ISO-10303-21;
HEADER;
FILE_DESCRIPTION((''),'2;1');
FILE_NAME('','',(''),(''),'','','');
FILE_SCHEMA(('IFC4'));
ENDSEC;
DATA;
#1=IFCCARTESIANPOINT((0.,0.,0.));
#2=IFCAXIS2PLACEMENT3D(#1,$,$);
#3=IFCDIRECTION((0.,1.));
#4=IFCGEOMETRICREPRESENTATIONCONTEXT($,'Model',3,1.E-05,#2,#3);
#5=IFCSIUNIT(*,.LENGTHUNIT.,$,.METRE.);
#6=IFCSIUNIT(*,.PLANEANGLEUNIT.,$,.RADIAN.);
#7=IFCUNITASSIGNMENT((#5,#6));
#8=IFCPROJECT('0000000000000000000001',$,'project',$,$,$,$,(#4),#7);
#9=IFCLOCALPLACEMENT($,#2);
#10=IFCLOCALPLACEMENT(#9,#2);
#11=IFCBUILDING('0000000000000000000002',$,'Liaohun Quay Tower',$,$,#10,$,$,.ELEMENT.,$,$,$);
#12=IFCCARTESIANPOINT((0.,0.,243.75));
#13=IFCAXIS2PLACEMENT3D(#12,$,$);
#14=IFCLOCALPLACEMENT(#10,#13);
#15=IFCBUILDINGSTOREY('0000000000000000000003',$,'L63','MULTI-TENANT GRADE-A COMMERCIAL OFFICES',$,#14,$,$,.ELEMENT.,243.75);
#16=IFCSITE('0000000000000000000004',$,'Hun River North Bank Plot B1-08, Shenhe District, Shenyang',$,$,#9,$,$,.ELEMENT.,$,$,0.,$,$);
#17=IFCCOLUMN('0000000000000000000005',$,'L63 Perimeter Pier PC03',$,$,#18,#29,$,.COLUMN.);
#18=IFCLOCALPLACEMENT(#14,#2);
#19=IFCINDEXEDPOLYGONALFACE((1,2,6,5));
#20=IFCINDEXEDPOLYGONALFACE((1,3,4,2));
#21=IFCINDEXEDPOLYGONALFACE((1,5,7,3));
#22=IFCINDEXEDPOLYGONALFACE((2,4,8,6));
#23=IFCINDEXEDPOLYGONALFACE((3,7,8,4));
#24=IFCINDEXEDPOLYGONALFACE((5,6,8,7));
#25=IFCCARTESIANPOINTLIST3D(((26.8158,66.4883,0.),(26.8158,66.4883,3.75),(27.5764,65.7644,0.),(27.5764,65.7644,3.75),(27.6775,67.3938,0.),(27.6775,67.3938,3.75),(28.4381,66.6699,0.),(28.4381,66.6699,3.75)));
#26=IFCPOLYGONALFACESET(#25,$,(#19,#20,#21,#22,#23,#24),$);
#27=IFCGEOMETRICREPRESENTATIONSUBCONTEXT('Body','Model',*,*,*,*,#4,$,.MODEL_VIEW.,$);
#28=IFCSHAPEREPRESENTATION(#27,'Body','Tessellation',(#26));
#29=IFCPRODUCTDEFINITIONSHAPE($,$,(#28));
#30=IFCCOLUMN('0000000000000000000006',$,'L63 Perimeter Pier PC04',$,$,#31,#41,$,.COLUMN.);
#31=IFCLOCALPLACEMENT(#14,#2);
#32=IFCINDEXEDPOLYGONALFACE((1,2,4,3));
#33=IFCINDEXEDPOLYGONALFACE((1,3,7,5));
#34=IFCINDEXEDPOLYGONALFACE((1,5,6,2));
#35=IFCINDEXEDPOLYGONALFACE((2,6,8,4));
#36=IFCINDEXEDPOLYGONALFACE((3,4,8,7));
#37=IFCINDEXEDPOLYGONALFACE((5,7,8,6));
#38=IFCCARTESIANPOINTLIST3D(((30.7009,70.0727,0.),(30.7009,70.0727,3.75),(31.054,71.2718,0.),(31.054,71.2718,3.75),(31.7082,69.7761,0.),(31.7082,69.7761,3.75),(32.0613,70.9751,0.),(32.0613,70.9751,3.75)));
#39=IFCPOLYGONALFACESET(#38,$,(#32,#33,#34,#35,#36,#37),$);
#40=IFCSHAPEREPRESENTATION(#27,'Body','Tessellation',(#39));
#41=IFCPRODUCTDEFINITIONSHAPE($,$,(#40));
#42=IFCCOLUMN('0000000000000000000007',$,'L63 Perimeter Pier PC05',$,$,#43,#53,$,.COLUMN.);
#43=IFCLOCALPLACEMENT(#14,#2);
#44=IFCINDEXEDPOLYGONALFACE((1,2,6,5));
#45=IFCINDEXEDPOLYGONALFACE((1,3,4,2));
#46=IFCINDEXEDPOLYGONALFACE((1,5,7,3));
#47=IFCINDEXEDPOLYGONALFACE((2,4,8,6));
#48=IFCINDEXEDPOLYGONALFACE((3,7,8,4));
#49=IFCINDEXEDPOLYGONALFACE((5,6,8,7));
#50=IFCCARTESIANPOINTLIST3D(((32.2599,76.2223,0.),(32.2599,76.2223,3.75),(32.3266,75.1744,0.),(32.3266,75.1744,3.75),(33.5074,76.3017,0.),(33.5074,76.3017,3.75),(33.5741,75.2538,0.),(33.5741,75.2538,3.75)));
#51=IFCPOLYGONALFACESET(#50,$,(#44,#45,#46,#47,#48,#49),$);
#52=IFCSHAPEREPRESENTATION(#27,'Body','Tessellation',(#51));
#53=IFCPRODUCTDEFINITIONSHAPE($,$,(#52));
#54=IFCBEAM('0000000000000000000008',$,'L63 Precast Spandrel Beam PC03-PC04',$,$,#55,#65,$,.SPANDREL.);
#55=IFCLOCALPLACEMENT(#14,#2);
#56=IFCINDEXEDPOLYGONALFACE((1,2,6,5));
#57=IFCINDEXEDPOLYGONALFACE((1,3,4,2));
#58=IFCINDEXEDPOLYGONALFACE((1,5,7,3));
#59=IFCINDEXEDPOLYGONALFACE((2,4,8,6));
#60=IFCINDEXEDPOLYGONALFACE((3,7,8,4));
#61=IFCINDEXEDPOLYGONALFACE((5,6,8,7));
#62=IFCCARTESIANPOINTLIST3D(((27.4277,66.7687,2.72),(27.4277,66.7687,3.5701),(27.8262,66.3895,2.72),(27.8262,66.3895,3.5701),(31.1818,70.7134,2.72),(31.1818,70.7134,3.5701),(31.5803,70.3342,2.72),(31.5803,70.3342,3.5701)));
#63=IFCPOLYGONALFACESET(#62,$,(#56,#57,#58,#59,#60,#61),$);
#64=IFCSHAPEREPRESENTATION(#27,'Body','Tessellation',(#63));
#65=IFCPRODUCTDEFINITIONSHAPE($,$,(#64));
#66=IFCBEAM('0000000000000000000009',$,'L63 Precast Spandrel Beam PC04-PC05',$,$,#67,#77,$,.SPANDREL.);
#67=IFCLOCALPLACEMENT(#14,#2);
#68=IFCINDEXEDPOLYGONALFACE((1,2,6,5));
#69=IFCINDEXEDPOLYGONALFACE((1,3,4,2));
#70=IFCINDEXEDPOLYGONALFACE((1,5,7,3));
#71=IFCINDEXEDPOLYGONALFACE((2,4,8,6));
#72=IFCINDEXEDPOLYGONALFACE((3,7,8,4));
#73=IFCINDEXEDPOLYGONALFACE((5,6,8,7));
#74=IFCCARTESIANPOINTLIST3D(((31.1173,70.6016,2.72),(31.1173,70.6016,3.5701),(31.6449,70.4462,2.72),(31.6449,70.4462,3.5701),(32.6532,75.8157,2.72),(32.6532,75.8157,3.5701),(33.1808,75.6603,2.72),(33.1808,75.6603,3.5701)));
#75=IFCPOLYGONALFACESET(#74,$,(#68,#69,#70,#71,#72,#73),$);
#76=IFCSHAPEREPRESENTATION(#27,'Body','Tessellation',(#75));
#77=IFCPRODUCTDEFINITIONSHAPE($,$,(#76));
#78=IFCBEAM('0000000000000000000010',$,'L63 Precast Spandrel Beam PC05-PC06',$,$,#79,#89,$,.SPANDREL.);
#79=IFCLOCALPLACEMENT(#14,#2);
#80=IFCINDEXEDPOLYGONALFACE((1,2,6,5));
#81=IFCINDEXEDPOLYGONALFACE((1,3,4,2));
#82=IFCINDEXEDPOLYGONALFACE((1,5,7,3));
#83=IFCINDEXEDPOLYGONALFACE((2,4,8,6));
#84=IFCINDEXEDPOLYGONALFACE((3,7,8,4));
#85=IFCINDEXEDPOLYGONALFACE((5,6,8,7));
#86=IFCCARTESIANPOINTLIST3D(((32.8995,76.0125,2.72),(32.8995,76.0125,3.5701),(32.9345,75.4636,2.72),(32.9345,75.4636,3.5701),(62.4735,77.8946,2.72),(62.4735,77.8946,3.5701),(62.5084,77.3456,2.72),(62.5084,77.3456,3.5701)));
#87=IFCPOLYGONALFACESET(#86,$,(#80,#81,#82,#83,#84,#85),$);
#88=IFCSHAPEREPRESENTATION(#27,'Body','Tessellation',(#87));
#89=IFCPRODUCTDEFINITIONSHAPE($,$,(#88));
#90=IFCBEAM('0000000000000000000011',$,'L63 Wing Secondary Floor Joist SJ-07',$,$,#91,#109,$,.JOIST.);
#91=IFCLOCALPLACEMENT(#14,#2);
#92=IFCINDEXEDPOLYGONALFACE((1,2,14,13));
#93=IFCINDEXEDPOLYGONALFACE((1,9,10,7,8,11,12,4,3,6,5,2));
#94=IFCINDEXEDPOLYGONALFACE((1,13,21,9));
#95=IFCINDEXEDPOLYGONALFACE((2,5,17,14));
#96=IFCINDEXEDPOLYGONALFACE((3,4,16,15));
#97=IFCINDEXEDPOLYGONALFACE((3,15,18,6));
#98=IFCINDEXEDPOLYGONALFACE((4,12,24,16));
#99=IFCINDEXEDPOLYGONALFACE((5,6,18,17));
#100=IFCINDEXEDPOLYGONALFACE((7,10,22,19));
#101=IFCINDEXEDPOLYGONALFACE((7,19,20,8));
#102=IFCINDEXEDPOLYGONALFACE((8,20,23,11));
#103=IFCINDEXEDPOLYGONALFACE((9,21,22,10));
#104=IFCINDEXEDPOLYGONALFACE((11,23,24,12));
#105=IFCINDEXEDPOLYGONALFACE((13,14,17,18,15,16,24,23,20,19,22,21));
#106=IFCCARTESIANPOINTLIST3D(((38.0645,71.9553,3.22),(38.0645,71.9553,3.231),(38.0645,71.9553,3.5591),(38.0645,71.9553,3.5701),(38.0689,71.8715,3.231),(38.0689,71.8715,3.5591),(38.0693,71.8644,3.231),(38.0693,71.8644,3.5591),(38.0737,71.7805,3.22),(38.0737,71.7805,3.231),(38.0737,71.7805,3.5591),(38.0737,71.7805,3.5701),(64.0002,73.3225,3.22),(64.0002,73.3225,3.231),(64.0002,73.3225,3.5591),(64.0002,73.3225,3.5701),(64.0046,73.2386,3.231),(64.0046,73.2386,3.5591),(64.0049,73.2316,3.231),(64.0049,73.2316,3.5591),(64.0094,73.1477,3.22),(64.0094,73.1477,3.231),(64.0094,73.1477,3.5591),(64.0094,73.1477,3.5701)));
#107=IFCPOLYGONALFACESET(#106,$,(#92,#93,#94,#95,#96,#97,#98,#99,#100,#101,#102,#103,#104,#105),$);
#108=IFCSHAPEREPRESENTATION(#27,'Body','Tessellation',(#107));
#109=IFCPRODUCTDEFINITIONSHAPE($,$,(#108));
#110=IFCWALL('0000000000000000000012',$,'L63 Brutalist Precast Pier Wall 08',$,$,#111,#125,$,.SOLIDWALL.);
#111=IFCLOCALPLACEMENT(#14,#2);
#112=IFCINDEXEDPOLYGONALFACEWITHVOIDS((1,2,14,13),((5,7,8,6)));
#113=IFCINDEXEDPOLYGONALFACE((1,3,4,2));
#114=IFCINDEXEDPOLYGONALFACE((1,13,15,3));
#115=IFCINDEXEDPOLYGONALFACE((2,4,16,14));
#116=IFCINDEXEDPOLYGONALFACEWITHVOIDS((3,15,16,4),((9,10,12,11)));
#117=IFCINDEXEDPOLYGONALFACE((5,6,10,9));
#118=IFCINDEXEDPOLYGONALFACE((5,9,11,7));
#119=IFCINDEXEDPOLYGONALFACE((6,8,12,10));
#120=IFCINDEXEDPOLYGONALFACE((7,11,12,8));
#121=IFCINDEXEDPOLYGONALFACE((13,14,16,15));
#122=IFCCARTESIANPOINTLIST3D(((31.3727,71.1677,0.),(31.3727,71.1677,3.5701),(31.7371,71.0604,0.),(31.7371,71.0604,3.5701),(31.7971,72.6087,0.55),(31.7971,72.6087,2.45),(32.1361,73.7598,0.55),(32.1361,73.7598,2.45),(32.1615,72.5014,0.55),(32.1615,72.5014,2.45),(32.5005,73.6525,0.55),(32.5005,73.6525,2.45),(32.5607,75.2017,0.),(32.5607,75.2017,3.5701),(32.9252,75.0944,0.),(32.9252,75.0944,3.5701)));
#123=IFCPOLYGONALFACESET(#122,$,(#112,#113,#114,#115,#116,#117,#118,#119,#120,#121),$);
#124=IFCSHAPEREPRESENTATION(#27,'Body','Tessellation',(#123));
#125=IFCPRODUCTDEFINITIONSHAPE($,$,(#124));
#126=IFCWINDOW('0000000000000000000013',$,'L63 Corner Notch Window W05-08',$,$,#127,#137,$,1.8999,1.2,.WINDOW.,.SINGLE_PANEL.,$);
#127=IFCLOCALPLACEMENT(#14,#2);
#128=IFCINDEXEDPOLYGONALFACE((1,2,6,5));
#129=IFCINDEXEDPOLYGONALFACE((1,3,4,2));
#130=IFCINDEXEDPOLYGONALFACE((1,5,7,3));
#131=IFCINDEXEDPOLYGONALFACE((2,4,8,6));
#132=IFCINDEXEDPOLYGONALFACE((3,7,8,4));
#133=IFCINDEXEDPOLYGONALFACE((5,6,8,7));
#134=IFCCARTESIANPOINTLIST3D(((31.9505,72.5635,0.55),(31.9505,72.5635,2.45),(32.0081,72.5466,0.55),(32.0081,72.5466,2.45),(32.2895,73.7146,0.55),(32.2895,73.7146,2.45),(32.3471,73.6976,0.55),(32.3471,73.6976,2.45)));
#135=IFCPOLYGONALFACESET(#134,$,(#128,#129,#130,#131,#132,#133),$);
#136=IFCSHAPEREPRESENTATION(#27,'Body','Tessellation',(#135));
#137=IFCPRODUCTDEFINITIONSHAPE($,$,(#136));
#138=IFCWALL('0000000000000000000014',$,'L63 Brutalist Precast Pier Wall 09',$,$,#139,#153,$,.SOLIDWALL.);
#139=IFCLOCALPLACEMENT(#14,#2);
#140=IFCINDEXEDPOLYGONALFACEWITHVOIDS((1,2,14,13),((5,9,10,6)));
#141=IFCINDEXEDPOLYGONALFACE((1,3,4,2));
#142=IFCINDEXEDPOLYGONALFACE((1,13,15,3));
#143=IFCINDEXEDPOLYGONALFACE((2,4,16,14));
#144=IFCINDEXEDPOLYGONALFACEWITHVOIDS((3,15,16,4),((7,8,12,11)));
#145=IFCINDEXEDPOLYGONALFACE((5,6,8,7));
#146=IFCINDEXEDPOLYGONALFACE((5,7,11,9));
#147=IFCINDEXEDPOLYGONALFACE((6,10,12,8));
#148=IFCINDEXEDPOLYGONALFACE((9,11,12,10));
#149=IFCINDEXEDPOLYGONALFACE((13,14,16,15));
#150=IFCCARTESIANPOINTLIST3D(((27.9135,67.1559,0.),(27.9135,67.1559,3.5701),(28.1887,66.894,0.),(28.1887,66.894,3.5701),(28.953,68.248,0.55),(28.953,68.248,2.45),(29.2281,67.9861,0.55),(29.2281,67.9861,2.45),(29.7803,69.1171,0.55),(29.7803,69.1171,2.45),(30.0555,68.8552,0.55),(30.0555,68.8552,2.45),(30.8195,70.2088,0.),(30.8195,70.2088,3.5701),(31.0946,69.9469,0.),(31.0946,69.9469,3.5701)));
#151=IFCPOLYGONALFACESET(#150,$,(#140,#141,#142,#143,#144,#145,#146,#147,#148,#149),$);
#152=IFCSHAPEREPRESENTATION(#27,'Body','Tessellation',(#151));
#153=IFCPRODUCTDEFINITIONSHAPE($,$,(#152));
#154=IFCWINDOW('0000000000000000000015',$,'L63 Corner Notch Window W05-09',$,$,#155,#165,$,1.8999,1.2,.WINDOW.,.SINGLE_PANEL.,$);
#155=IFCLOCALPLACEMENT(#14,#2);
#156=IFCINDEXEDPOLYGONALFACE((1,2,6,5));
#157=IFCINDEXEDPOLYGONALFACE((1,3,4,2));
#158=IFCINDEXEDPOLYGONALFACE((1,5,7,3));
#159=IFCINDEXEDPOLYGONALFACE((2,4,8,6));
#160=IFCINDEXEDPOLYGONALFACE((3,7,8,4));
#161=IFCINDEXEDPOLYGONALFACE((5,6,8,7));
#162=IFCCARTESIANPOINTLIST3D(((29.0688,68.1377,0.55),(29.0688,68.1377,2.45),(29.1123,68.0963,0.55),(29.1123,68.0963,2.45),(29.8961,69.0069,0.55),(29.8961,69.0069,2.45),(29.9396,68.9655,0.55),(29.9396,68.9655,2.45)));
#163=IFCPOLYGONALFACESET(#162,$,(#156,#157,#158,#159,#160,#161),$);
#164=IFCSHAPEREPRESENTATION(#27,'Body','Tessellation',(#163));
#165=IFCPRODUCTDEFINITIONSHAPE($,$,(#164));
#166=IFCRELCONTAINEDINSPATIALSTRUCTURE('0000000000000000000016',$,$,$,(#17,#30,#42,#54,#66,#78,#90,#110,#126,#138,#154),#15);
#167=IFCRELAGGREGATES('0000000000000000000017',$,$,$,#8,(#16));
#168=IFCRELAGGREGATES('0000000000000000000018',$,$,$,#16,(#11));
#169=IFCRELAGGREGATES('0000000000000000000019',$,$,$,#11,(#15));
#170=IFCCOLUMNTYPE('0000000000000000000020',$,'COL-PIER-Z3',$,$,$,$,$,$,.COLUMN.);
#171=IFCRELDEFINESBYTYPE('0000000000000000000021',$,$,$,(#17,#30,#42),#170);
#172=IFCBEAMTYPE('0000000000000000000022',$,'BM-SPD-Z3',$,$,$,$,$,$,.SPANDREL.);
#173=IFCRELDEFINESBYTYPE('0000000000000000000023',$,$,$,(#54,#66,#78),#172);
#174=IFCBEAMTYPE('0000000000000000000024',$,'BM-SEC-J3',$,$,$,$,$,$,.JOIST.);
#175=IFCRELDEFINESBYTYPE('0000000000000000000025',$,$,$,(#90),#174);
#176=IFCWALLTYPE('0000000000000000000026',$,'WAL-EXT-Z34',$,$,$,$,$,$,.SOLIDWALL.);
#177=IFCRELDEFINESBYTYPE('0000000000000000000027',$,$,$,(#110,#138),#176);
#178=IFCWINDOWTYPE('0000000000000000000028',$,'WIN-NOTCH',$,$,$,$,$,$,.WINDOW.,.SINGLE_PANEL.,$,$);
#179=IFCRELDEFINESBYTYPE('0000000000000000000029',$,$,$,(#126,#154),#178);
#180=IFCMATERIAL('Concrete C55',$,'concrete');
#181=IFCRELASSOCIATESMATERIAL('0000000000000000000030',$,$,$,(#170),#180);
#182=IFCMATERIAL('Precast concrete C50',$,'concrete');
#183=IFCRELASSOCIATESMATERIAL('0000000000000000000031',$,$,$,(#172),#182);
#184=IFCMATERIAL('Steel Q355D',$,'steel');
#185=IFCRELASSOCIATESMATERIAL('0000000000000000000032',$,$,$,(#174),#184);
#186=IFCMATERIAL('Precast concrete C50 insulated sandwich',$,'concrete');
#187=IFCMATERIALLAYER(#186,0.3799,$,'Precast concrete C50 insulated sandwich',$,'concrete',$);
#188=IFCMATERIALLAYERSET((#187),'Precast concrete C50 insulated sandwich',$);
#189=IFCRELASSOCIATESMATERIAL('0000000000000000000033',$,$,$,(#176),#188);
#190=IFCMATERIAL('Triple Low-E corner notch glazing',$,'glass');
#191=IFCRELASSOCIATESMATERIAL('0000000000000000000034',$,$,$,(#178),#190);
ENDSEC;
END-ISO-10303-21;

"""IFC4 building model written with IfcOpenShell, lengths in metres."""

from ifc_helpers import new_model, si_unit, direction, frame, frame_2d, origin, origin_2d, place, context, subcontext, project, spatial, rectangle, i_section, extrude, source, transform, mapped, material, layer, layer_set, material_profile, profile_set, type_object, element, fill, save


model = new_model("IFC4")

# Units and contexts
model_context = context("Model", 3, precision=1e-05, world=origin(), true_north=direction((0.0, 1.0)))
body_context = subcontext(model_context, "Body", "Model", "MODEL_VIEW")
ifc_project = project(units=[si_unit("LENGTHUNIT", "METRE"), si_unit("PLANEANGLEUNIT", "RADIAN")], contexts=[model_context])

# Site, building, storey
site_placement = place(None, origin())
site = spatial("IfcSite", under=ifc_project, at=site_placement, Name="Hun River North Bank Plot B1-08, Shenhe District, Shenyang", CompositionType="ELEMENT", RefElevation=0.0)
building_placement = place(site_placement, origin())
building = spatial("IfcBuilding", under=site, at=building_placement, Name="Liaohun Quay Tower", CompositionType="ELEMENT")
storey_placement = place(building_placement, frame((0.0, 0.0, 243.75)))
storey = spatial("IfcBuildingStorey", under=building, at=storey_placement, Name="L63", Description="MULTI-TENANT GRADE-A COMMERCIAL OFFICES", CompositionType="ELEMENT", Elevation=243.75)

# Columns
ifc_material_1 = material(Name="Concrete C55", Category="concrete")
ifc_material_profile_1 = material_profile(ifc_material_1, rectangle(XDim=1.25, YDim=1.05, at=origin_2d()), Name="RC1250x1050")
ifc_profile_set_1 = profile_set([ifc_material_profile_1], Name="Concrete C55")
column_type = type_object("IfcColumnType", Name="COL-PIER-Z3", PredefinedType="COLUMN", material=ifc_profile_set_1)
shared_shape_1 = source(origin(), body_context, "Body", "SweptSolid", [
    extrude(rectangle(XDim=1.25, YDim=1.05, at=origin_2d()), origin(), (0.0, 0.0, 1.0), 3.75),
])
for number, where, z_axis, x_axis, name in (
    (1, (27.627, 66.5791, 0.0), (0.0, 0.0, 1.0), (0.689367, 0.724413, 0.0), "L63 Perimeter Pier PC03"),
    (2, (31.3811, 70.5239, 0.0), (0.0, 0.0, 1.0), (0.282509, 0.959265, 0.0), "L63 Perimeter Pier PC04"),
    (3, (32.917, 75.738, 0.0), (0.0, 0.0, 1.0), (0.997983, 0.063487, 0.0), "L63 Perimeter Pier PC05"),
):
    element("IfcColumn", number, at=place(storey_placement, frame(where, z_axis=z_axis, x_axis=x_axis)), inside=storey, type_object=column_type, Name=name, PredefinedType="COLUMN", context=body_context, shape_type="MappedRepresentation", body=[
        mapped(shared_shape_1, transform((0.0, 0.0, 0.0), x_axis=(1.0, 0.0, 0.0), y_axis=(0.0, 1.0, 0.0), z_axis=(0.0, 0.0, 1.0), scale=1.0)),
    ])

# Beams
ifc_material_2 = material(Name="Precast concrete C50", Category="concrete")
ifc_material_profile_2 = material_profile(ifc_material_2, rectangle(XDim=0.55, YDim=0.8501, at=origin_2d()), Name="RC550x850")
ifc_profile_set_2 = profile_set([ifc_material_profile_2], Name="Precast concrete C50")
beam_type_1 = type_object("IfcBeamType", Name="BM-SPD-Z3", PredefinedType="SPANDREL", material=ifc_profile_set_2)
shared_shape_2 = source(origin(), body_context, "Body", "SweptSolid", [
    extrude(rectangle(XDim=0.55, YDim=0.8501, at=origin_2d()), origin(), (0.0, 0.0, 1.0), 5.4456),
])
beam_1_placement = place(storey_placement, frame((27.627, 66.5791, 3.145), z_axis=(0.689383, 0.724397, 0.0), x_axis=(-0.724397, 0.689383, 0.0)))
element("IfcBeam", 4, at=beam_1_placement, inside=storey, type_object=beam_type_1, Name="L63 Precast Spandrel Beam PC03-PC04", PredefinedType="SPANDREL", context=body_context, shape_type="MappedRepresentation", body=[
    mapped(shared_shape_2, transform((0.0, 0.0, 0.0), x_axis=(1.0, 0.0, 0.0), y_axis=(0.0, 1.0, 0.0), z_axis=(0.0, 0.0, 1.0), scale=1.0)),
])
shared_shape_3 = source(origin(), body_context, "Body", "SweptSolid", [
    extrude(rectangle(XDim=0.55, YDim=0.8501, at=origin_2d()), origin(), (0.0, 0.0, 1.0), 5.4355),
])
beam_2_placement = place(storey_placement, frame((31.3811, 70.5239, 3.145), z_axis=(0.28256, 0.95925, 0.0), x_axis=(-0.95925, 0.28256, 0.0)))
element("IfcBeam", 5, at=beam_2_placement, inside=storey, type_object=beam_type_1, Name="L63 Precast Spandrel Beam PC04-PC05", PredefinedType="SPANDREL", context=body_context, shape_type="MappedRepresentation", body=[
    mapped(shared_shape_3, transform((0.0, 0.0, 0.0), x_axis=(1.0, 0.0, 0.0), y_axis=(0.0, 1.0, 0.0), z_axis=(0.0, 0.0, 1.0), scale=1.0)),
])
shared_shape_4 = source(origin(), body_context, "Body", "SweptSolid", [
    extrude(rectangle(XDim=0.55, YDim=0.8501, at=origin_2d()), origin(), (0.0, 0.0, 1.0), 29.6338),
])
beam_3_placement = place(storey_placement, frame((32.917, 75.738, 3.145), z_axis=(0.997981, 0.063511, 0.0), x_axis=(-0.063511, 0.997981, 0.0)))
element("IfcBeam", 6, at=beam_3_placement, inside=storey, type_object=beam_type_1, Name="L63 Precast Spandrel Beam PC05-PC06", PredefinedType="SPANDREL", context=body_context, shape_type="MappedRepresentation", body=[
    mapped(shared_shape_4, transform((0.0, 0.0, 0.0), x_axis=(1.0, 0.0, 0.0), y_axis=(0.0, 1.0, 0.0), z_axis=(0.0, 0.0, 1.0), scale=1.0)),
])
ifc_material_3 = material(Name="Steel Q355D", Category="steel")
ifc_material_profile_3 = material_profile(ifc_material_3, i_section(OverallWidth=0.175, OverallDepth=0.3501, WebThickness=0.0071, FlangeThickness=0.011, at=origin_2d()), Name="HN350x175x7x11")
ifc_profile_set_3 = profile_set([ifc_material_profile_3], Name="Steel Q355D")
beam_type_2 = type_object("IfcBeamType", Name="BM-SEC-J3", PredefinedType="JOIST", material=ifc_profile_set_3)
shared_shape_5 = source(origin(), body_context, "Body", "SweptSolid", [
    extrude(i_section(OverallWidth=0.175, OverallDepth=0.3501, WebThickness=0.0071, FlangeThickness=0.011, at=origin_2d()), origin(), (0.0, 0.0, 1.0), 25.9717),
])
beam_4_placement = place(storey_placement, frame((38.0691, 71.8679, 3.395), z_axis=(0.998613, 0.052641, 0.0), x_axis=(-0.052641, 0.998613, 0.0)))
element("IfcBeam", 7, at=beam_4_placement, inside=storey, type_object=beam_type_2, Name="L63 Wing Secondary Floor Joist SJ-07", PredefinedType="JOIST", context=body_context, shape_type="MappedRepresentation", body=[
    mapped(shared_shape_5, transform((0.0, 0.0, 0.0), x_axis=(1.0, 0.0, 0.0), y_axis=(0.0, 1.0, 0.0), z_axis=(0.0, 0.0, 1.0), scale=1.0)),
])

# Walls, openings, windows
ifc_material_4 = material(Name="Precast concrete C50 insulated sandwich", Category="concrete")
ifc_layer_1 = layer(ifc_material_4, 0.3799, Name="Precast concrete C50 insulated sandwich", Category="concrete")
ifc_layer_set_1 = layer_set([ifc_layer_1], Name="Precast concrete C50 insulated sandwich")
wall_type_1 = type_object("IfcWallType", Name="WAL-EXT-Z34", PredefinedType="SOLIDWALL", material=ifc_layer_set_1)
wall_1_placement = place(storey_placement, frame((32.7429, 75.1479, 0.0), z_axis=(0.0, 0.0, 1.0), x_axis=(-0.282503, -0.959267, 0.0)))
wall_1 = element("IfcWall", 8, at=wall_1_placement, inside=storey, type_object=wall_type_1, Name="L63 Brutalist Precast Pier Wall 08", PredefinedType="SOLIDWALL", context=body_context, shape_type="SweptSolid", body=[
    extrude(rectangle(XDim=4.2053, YDim=0.3799, at=frame_2d((2.1025, 0.0))), origin(), (0.0, 0.0, 1.0), 3.5701),
])
shared_shape_6 = source(origin(), body_context, "Body", "SweptSolid", [
    extrude(rectangle(XDim=1.2, YDim=1.8999, at=frame_2d((0.6001, 0.95))), frame((0.0, 0.2, 0.0), z_axis=(0.0, -1.0, 0.0), x_axis=(1.0, 0.0, 0.0)), (0.0, 0.0, 1.0), 0.3999),
])
opening_1_placement = place(wall_1_placement, frame((1.5029, 0.0, 0.55)))
opening_1 = element("IfcOpeningElement", 9, at=opening_1_placement, cuts=wall_1, PredefinedType="OPENING", context=body_context, shape_type="MappedRepresentation", body=[
    mapped(shared_shape_6, transform((0.0, 0.0, 0.0), x_axis=(1.0, 0.0, 0.0), y_axis=(0.0, 1.0, 0.0), z_axis=(0.0, 0.0, 1.0), scale=1.0)),
])
ifc_material_5 = material(Name="Triple Low-E corner notch glazing", Category="glass")
window_type_1 = type_object("IfcWindowType", Name="WIN-NOTCH", PartitioningType="SINGLE_PANEL", PredefinedType="WINDOW", material=ifc_material_5)
shared_shape_7 = source(origin(), body_context, "Body", "SweptSolid", [
    extrude(rectangle(XDim=1.2, YDim=1.8999, at=frame_2d((0.6001, 0.95))), frame((0.0, 0.03, 0.0), z_axis=(0.0, -1.0, 0.0), x_axis=(1.0, 0.0, 0.0)), (0.0, 0.0, 1.0), 0.0601),
])
window_1_placement = place(opening_1_placement, origin())
window_1 = element("IfcWindow", 10, at=window_1_placement, inside=storey, type_object=window_type_1, Name="L63 Corner Notch Window W05-08", OverallHeight=1.8999, OverallWidth=1.2, PartitioningType="SINGLE_PANEL", PredefinedType="WINDOW", context=body_context, shape_type="MappedRepresentation", body=[
    mapped(shared_shape_7, transform((0.0, 0.0, 0.0), x_axis=(1.0, 0.0, 0.0), y_axis=(0.0, 1.0, 0.0), z_axis=(0.0, 0.0, 1.0), scale=1.0)),
])
fill(opening_1, window_1)
wall_2_placement = place(storey_placement, frame((30.957, 70.0779, 0.0), z_axis=(0.0, 0.0, 1.0), x_axis=(-0.689457, -0.724327, 0.0)))
wall_2 = element("IfcWall", 11, at=wall_2_placement, inside=storey, type_object=wall_type_1, Name="L63 Brutalist Precast Pier Wall 09", PredefinedType="SOLIDWALL", context=body_context, shape_type="SweptSolid", body=[
    extrude(rectangle(XDim=4.2148, YDim=0.3799, at=frame_2d((2.1074, 0.0))), origin(), (0.0, 0.0, 1.0), 3.5701),
])
opening_2_placement = place(wall_2_placement, frame((1.5071, 0.0, 0.55)))
opening_2 = element("IfcOpeningElement", 12, at=opening_2_placement, cuts=wall_2, PredefinedType="OPENING", context=body_context, shape_type="MappedRepresentation", body=[
    mapped(shared_shape_6, transform((0.0, 0.0, 0.0), x_axis=(1.0, 0.0, 0.0), y_axis=(0.0, 1.0, 0.0), z_axis=(0.0, 0.0, 1.0), scale=1.0)),
])
window_2_placement = place(opening_2_placement, origin())
window_2 = element("IfcWindow", 13, at=window_2_placement, inside=storey, type_object=window_type_1, Name="L63 Corner Notch Window W05-09", OverallHeight=1.8999, OverallWidth=1.2, PartitioningType="SINGLE_PANEL", PredefinedType="WINDOW", context=body_context, shape_type="MappedRepresentation", body=[
    mapped(shared_shape_7, transform((0.0, 0.0, 0.0), x_axis=(1.0, 0.0, 0.0), y_axis=(0.0, 1.0, 0.0), z_axis=(0.0, 0.0, 1.0), scale=1.0)),
])
fill(opening_2, window_2)

save(model, "model.ifc")
